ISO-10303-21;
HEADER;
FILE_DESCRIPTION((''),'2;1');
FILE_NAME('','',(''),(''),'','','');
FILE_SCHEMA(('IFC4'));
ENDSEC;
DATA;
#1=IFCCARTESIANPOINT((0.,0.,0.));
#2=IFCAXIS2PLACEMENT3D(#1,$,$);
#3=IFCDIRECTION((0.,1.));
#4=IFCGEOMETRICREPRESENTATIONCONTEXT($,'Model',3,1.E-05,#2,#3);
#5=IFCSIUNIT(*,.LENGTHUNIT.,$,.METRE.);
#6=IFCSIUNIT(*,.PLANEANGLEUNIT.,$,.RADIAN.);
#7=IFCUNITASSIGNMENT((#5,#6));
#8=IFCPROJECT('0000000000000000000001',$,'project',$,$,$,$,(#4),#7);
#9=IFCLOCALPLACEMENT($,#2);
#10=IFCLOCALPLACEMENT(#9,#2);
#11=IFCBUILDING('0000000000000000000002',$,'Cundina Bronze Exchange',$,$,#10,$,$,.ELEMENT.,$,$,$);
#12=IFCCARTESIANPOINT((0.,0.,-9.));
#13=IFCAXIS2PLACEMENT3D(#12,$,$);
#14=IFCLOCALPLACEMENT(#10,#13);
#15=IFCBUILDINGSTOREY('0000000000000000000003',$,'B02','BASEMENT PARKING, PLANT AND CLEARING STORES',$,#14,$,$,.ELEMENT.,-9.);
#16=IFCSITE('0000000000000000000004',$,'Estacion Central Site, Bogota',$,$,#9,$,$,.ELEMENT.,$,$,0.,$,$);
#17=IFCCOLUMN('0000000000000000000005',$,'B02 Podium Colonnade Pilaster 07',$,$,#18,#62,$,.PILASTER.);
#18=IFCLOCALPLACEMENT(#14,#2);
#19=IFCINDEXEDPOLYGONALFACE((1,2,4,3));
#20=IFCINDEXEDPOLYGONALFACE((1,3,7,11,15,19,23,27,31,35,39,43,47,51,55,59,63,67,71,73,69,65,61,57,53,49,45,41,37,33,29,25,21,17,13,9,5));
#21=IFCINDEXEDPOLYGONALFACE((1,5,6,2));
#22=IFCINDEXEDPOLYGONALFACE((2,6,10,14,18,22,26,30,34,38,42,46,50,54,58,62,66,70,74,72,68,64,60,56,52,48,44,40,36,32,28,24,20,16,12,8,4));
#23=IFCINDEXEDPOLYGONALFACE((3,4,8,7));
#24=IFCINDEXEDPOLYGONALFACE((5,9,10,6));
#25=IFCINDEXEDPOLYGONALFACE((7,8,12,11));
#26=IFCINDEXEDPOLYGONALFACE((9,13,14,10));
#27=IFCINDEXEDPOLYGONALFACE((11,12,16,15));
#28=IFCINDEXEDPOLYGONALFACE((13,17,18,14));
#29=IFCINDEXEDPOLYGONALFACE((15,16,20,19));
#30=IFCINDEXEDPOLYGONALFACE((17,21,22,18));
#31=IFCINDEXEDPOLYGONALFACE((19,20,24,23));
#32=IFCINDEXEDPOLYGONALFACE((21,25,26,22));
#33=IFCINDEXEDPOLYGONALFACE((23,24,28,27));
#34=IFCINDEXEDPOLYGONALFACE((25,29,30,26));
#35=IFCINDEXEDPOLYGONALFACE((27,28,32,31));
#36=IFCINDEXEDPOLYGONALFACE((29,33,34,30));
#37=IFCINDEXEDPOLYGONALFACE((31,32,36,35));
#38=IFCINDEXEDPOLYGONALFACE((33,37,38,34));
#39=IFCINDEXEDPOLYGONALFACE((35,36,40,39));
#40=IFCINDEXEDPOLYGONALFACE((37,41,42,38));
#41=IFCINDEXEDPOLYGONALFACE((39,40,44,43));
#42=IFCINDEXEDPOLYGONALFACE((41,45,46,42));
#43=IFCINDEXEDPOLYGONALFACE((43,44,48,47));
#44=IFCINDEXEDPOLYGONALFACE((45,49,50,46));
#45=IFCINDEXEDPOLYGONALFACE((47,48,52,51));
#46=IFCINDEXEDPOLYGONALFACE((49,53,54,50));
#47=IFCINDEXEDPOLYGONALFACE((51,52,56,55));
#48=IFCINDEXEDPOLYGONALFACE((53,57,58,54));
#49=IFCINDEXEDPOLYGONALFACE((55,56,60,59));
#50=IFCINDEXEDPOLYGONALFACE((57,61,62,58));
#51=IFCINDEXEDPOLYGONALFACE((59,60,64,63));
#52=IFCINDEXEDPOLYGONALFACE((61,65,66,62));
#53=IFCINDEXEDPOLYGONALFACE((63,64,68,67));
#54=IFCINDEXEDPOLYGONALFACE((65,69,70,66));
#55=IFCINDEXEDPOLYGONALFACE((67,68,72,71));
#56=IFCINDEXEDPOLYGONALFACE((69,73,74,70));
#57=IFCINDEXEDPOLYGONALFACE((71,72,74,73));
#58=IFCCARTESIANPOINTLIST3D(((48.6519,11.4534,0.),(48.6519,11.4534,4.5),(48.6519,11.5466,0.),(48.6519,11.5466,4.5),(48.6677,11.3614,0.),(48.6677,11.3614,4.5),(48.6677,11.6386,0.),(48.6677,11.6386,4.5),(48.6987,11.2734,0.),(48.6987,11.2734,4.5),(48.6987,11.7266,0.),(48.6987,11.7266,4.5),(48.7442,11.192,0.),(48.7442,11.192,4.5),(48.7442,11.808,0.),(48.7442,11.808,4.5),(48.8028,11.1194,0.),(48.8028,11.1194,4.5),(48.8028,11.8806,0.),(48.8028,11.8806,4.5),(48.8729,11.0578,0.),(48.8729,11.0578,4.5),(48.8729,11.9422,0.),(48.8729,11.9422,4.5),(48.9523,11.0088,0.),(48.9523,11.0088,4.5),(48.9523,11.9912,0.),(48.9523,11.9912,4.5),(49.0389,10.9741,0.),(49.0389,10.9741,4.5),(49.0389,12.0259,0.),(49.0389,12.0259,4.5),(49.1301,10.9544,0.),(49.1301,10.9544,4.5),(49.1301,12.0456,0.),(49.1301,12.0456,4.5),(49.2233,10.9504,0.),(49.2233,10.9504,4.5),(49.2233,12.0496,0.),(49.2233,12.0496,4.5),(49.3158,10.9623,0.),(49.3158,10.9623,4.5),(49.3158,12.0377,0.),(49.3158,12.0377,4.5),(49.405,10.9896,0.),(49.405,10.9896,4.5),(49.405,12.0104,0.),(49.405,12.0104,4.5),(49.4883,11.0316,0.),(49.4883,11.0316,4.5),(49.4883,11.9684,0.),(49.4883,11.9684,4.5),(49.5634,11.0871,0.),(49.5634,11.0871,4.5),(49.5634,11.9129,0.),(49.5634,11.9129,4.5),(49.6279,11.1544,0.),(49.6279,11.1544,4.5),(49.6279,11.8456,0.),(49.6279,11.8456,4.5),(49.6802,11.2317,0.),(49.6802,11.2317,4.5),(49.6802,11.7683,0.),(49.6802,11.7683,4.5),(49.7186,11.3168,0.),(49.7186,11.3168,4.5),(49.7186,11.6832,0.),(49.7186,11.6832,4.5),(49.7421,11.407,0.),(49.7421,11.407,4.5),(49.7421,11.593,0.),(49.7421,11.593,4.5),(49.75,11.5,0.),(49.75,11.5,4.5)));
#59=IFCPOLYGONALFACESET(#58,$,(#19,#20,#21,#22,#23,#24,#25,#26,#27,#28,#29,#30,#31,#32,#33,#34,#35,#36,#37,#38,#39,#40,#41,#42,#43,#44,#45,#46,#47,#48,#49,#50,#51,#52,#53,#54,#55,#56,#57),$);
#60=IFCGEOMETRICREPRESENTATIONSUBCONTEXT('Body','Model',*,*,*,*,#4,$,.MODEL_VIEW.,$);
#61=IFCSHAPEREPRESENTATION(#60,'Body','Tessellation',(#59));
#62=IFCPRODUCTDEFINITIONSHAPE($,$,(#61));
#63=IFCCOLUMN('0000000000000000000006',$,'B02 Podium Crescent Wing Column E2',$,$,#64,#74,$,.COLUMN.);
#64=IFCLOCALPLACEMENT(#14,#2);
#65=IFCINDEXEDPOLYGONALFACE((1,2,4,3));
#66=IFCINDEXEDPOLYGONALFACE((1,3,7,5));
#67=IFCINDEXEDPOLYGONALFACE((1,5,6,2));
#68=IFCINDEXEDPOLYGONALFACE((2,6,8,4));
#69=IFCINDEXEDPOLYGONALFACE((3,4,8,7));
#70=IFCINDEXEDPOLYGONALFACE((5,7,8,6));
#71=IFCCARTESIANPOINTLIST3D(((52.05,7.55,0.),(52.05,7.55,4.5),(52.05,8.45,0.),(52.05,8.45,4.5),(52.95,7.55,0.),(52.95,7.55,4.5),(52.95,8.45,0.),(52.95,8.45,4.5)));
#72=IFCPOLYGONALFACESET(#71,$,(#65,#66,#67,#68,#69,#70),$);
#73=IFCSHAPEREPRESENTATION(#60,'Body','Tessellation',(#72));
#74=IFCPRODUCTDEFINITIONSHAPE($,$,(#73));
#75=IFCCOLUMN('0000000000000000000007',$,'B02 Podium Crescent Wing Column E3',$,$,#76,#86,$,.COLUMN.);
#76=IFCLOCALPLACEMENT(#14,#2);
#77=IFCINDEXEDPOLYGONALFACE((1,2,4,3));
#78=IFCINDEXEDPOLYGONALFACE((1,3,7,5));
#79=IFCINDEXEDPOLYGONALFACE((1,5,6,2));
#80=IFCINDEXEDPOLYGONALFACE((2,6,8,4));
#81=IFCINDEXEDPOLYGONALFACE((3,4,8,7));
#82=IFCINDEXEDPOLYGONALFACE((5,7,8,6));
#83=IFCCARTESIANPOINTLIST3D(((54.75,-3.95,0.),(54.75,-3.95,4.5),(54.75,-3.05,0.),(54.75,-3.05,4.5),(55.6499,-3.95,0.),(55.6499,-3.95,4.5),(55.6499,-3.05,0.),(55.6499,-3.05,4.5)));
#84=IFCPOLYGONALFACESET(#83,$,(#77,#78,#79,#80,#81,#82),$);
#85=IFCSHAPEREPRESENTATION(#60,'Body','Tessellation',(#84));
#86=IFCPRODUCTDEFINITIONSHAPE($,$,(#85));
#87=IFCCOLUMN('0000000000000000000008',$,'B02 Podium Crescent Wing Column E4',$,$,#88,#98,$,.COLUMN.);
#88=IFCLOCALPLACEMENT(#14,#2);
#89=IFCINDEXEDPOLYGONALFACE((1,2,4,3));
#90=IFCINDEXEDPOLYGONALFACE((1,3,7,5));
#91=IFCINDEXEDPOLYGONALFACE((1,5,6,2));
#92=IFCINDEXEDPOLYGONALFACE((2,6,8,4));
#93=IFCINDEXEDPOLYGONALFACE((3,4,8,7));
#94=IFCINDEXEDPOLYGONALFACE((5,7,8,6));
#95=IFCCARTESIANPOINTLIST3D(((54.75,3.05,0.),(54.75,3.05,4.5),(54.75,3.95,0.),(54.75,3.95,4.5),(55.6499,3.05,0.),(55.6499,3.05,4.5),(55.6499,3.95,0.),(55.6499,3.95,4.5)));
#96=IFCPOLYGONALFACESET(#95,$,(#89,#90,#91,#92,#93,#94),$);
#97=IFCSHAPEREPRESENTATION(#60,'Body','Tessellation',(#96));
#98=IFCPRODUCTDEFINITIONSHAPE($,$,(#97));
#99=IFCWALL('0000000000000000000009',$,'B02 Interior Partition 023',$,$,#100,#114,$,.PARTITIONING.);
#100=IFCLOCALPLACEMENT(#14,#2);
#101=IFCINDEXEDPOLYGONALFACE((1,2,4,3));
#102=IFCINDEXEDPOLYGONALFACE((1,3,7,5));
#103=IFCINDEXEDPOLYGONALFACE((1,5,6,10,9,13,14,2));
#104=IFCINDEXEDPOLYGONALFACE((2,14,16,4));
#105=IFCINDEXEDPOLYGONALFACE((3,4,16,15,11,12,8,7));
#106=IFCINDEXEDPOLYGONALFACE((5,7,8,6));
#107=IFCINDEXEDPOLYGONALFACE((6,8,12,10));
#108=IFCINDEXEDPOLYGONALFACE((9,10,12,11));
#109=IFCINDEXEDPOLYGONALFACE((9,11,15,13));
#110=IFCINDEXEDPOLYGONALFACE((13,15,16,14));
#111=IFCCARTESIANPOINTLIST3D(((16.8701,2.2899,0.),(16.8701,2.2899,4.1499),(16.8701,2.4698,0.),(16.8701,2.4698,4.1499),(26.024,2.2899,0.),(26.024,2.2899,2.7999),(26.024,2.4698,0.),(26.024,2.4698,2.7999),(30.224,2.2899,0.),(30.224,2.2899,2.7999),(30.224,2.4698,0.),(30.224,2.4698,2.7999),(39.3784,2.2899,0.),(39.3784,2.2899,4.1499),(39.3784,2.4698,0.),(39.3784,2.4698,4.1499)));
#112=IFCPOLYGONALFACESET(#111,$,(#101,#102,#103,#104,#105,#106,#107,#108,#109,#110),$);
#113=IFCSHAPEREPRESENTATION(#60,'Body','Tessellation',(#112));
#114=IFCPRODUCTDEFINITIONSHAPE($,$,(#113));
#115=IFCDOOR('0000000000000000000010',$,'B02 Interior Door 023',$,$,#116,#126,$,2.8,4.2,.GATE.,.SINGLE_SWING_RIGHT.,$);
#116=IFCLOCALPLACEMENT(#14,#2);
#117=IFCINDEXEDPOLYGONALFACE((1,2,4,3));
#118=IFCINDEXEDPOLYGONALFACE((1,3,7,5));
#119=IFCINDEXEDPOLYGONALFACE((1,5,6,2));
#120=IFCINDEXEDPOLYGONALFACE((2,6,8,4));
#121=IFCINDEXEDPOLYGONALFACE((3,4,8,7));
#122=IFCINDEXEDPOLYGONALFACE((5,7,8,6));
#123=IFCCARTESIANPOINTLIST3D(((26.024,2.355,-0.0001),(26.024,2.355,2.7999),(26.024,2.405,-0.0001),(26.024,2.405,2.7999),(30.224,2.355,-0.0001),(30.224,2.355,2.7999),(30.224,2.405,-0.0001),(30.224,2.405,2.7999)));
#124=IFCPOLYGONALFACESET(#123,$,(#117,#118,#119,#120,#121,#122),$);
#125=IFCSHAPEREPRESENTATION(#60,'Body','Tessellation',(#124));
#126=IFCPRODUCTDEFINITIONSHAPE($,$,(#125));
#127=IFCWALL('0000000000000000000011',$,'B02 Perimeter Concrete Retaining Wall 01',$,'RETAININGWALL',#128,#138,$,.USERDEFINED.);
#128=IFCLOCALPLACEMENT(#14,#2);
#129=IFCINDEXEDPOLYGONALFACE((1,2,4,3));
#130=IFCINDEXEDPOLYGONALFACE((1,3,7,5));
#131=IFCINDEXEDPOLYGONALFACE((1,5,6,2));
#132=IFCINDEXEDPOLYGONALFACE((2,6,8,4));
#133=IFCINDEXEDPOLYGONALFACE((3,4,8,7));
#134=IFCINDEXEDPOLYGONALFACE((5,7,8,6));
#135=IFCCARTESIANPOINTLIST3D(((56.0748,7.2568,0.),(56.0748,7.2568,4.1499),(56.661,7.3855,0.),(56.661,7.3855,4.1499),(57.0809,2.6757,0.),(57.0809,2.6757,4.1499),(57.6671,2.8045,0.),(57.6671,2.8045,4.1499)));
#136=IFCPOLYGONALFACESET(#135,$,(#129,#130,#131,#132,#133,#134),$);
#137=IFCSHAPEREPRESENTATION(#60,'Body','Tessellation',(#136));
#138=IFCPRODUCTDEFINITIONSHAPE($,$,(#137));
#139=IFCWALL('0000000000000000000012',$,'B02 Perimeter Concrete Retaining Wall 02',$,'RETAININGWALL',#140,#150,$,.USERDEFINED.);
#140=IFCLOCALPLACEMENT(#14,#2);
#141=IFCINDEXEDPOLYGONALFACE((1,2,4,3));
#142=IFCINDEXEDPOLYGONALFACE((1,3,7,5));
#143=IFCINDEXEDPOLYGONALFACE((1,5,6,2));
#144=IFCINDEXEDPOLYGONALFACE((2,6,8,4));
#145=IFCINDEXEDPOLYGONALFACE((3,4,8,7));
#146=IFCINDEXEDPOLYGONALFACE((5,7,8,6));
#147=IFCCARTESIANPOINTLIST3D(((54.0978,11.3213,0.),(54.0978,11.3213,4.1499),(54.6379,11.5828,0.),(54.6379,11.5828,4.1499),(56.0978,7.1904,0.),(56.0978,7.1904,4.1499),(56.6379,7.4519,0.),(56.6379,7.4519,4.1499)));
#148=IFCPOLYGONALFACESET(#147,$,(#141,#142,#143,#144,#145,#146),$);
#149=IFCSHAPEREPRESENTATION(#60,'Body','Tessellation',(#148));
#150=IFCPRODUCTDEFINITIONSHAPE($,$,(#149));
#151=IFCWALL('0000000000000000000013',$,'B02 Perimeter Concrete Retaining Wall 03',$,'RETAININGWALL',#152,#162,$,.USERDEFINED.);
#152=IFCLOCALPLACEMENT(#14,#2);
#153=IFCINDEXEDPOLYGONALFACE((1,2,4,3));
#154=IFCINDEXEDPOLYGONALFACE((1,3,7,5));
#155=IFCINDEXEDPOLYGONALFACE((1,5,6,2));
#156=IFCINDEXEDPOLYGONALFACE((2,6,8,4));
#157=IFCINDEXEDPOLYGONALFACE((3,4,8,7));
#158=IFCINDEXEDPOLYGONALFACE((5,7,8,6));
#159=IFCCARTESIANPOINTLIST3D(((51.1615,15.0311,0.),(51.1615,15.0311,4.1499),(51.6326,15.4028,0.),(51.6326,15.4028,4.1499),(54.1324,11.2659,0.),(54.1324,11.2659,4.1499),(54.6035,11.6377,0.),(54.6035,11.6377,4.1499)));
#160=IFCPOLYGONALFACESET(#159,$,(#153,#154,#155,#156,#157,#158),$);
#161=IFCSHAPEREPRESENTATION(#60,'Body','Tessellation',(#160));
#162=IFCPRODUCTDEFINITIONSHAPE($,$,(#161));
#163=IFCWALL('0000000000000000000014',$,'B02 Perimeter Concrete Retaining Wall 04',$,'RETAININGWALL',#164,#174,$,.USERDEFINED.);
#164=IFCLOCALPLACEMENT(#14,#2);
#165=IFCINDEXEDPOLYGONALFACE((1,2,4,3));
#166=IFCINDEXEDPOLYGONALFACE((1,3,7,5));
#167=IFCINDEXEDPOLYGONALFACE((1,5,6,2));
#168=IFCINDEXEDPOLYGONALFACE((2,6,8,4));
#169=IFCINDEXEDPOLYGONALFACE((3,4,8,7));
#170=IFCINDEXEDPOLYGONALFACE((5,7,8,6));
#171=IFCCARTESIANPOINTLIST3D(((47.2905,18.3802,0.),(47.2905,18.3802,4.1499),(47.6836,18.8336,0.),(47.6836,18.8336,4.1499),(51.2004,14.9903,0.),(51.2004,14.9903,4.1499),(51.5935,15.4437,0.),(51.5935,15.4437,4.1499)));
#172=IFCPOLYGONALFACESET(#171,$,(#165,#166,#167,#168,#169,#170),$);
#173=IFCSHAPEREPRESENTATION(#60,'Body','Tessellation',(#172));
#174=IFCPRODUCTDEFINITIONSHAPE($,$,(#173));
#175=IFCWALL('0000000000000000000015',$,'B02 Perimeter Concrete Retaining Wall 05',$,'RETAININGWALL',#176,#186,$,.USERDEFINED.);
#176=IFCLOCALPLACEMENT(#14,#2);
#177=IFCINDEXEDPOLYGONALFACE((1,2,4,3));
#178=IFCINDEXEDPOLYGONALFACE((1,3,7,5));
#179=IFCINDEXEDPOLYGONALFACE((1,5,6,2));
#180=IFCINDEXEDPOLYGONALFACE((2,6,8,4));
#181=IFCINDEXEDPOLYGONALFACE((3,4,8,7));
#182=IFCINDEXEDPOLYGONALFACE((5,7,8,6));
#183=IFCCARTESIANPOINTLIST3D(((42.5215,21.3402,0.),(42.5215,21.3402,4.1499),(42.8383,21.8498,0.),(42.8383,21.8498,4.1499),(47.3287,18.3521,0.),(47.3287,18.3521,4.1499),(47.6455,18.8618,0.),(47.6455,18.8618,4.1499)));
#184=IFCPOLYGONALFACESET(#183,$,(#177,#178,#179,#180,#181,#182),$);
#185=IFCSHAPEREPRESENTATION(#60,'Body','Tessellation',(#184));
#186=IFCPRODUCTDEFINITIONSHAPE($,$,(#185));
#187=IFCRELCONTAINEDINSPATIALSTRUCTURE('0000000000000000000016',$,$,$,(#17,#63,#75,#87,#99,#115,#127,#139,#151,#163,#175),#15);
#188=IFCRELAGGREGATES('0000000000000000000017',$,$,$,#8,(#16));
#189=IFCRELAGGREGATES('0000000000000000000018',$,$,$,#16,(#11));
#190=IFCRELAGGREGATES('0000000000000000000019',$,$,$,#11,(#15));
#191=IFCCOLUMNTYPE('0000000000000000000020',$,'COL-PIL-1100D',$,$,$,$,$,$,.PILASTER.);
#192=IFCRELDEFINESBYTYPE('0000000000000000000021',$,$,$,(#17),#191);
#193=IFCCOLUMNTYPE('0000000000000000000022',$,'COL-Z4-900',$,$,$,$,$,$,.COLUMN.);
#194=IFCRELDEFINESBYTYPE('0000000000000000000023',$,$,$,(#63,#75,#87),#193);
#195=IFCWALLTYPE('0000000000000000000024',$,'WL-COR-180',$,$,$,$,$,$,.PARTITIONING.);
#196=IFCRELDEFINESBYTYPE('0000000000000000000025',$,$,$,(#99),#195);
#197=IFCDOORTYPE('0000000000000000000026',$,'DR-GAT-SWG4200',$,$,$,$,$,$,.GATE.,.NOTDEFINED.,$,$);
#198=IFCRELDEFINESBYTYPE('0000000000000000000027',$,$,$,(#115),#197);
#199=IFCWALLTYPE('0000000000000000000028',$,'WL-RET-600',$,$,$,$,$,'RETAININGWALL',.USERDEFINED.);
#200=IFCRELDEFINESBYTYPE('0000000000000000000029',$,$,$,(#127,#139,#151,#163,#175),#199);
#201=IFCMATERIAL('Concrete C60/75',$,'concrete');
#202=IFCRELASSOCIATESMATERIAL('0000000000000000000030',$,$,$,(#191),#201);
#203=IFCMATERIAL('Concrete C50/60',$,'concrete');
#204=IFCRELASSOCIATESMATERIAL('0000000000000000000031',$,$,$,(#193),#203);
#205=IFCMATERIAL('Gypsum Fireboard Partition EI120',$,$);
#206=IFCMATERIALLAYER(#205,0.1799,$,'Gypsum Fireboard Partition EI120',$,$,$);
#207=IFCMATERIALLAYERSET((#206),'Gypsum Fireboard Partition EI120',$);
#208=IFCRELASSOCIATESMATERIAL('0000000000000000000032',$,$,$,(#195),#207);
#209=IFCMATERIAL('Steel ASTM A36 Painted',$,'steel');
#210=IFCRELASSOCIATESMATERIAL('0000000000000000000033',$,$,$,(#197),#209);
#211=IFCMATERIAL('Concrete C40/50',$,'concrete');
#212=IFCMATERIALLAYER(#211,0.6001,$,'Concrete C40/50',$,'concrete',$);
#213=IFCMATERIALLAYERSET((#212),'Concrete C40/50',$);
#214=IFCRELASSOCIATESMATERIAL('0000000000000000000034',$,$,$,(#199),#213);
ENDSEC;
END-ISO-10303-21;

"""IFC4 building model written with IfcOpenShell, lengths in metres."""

from ifc_helpers import new_model, si_unit, direction, frame, frame_2d, origin, origin_2d, place, context, subcontext, project, spatial, rectangle, circle, extrude, material, layer, layer_set, material_profile, profile_set, type_object, element, fill, save


model = new_model("IFC4")

# Units and contexts
model_context = context("Model", 3, precision=1e-05, world=origin(), true_north=direction((0.0, 1.0)))
body_context = subcontext(model_context, "Body", "Model", "MODEL_VIEW")
ifc_project = project(units=[si_unit("LENGTHUNIT", "METRE"), si_unit("PLANEANGLEUNIT", "RADIAN")], contexts=[model_context])

# Site, building, storey
site_placement = place(None, origin())
site = spatial("IfcSite", under=ifc_project, at=site_placement, Name="Estacion Central Site, Bogota", CompositionType="ELEMENT", RefElevation=0.0)
building_placement = place(site_placement, origin())
building = spatial("IfcBuilding", under=site, at=building_placement, Name="Cundina Bronze Exchange", CompositionType="ELEMENT")
storey_placement = place(building_placement, frame((0.0, 0.0, -9.0)))
storey = spatial("IfcBuildingStorey", under=building, at=storey_placement, Name="B02", Description="BASEMENT PARKING, PLANT AND CLEARING STORES", CompositionType="ELEMENT", Elevation=-9.0)

# Shared definitions
ifc_material_1 = material(Name="Concrete C40/50", Category="concrete")

# Columns
ifc_material_2 = material(Name="Concrete C60/75", Category="concrete")
ifc_material_profile_1 = material_profile(ifc_material_2, circle(Radius=0.55, at=origin_2d()), Name="RC1100D", Category="concrete")
ifc_profile_set_1 = profile_set([ifc_material_profile_1], Name="Concrete C60/75")
column_type_1 = type_object("IfcColumnType", Name="COL-PIL-1100D", PredefinedType="PILASTER", material=ifc_profile_set_1)
column_placement = place(storey_placement, frame((49.2, 11.5, 0.0), z_axis=(0.0, 0.0, 1.0), x_axis=(1.0, 0.0, 0.0)))
element("IfcColumn", 1, at=column_placement, inside=storey, type_object=column_type_1, Name="B02 Podium Colonnade Pilaster 07", PredefinedType="PILASTER", context=body_context, shape_type="SweptSolid", body=[
    extrude(circle(Radius=0.55, at=origin_2d()), origin(), (0.0, 0.0, 1.0), 4.5),
])
ifc_material_3 = material(Name="Concrete C50/60", Category="concrete")
ifc_material_profile_2 = material_profile(ifc_material_3, rectangle(XDim=0.8999, YDim=0.8999, at=origin_2d()), Name="RC900X900", Category="concrete")
ifc_profile_set_2 = profile_set([ifc_material_profile_2], Name="Concrete C50/60")
column_type_2 = type_object("IfcColumnType", Name="COL-Z4-900", PredefinedType="COLUMN", material=ifc_profile_set_2)
for number, where, z_axis, x_axis, name in (
    (2, (52.5, 8.0, 0.0), (0.0, 0.0, 1.0), (1.0, 0.0, 0.0), "B02 Podium Crescent Wing Column E2"),
    (3, (55.2, -3.5, 0.0), (0.0, 0.0, 1.0), (1.0, 0.0, 0.0), "B02 Podium Crescent Wing Column E3"),
    (4, (55.2, 3.5, 0.0), (0.0, 0.0, 1.0), (1.0, 0.0, 0.0), "B02 Podium Crescent Wing Column E4"),
):
    element("IfcColumn", number, at=place(storey_placement, frame(where, z_axis=z_axis, x_axis=x_axis)), inside=storey, type_object=column_type_2, Name=name, PredefinedType="COLUMN", context=body_context, shape_type="SweptSolid", body=[
        extrude(rectangle(XDim=0.8999, YDim=0.8999, at=origin_2d()), origin(), (0.0, 0.0, 1.0), 4.5),
    ])

# Wall, opening, door
ifc_material_4 = material(Name="Gypsum Fireboard Partition EI120")
ifc_layer_1 = layer(ifc_material_4, 0.1799, Name="Gypsum Fireboard Partition EI120")
ifc_layer_set_1 = layer_set([ifc_layer_1], Name="Gypsum Fireboard Partition EI120")
wall_type_1 = type_object("IfcWallType", Name="WL-COR-180", PredefinedType="PARTITIONING", material=ifc_layer_set_1)
wall_1_placement = place(storey_placement, frame((39.3784, 2.3799, 0.0), z_axis=(0.0, 0.0, 1.0), x_axis=(-1.0, 0.0, 0.0)))
wall_1 = element("IfcWall", 5, at=wall_1_placement, inside=storey, type_object=wall_type_1, Name="B02 Interior Partition 023", PredefinedType="PARTITIONING", context=body_context, shape_type="SweptSolid", body=[
    extrude(rectangle(XDim=22.5083, YDim=0.1799, at=frame_2d((11.2542, 0.0))), origin(), (0.0, 0.0, 1.0), 4.1499),
])
opening_placement = place(wall_1_placement, frame((9.1543, 0.0, 0.0)))
opening = element("IfcOpeningElement", 6, at=opening_placement, cuts=wall_1, PredefinedType="OPENING", context=body_context, shape_type="SweptSolid", body=[
    extrude(rectangle(XDim=4.2, YDim=2.8, at=frame_2d((2.1001, 1.3999))), frame((0.0, 0.0999, 0.0), z_axis=(0.0, -1.0, 0.0), x_axis=(1.0, 0.0, 0.0)), (0.0, 0.0, 1.0), 0.2),
])
ifc_material_5 = material(Name="Steel ASTM A36 Painted", Category="steel")
door_type = type_object("IfcDoorType", Name="DR-GAT-SWG4200", OperationType="NOTDEFINED", PredefinedType="GATE", material=ifc_material_5)
door_placement = place(opening_placement, origin())
door = element("IfcDoor", 7, at=door_placement, inside=storey, type_object=door_type, Name="B02 Interior Door 023", OperationType="SINGLE_SWING_RIGHT", OverallHeight=2.8, OverallWidth=4.2, PredefinedType="GATE", context=body_context, shape_type="SweptSolid", body=[
    extrude(rectangle(XDim=4.2, YDim=2.8, at=frame_2d((2.1001, 1.3999))), frame((0.0, 0.0249, 0.0), z_axis=(0.0, -1.0, 0.0), x_axis=(1.0, 0.0, 0.0)), (0.0, 0.0, 1.0), 0.05),
])
fill(opening, door)

# Walls
ifc_layer_2 = layer(ifc_material_1, 0.6001, Name="Concrete C40/50", Category="concrete")
ifc_layer_set_2 = layer_set([ifc_layer_2], Name="Concrete C40/50")
wall_type_2 = type_object("IfcWallType", Name="WL-RET-600", ElementType="RETAININGWALL", PredefinedType="USERDEFINED", material=ifc_layer_set_2)
wall_2_placement = place(storey_placement, frame((57.374, 2.74, 0.0), z_axis=(0.0, 0.0, 1.0), x_axis=(-0.21451, 0.976722, 0.0)))
element("IfcWall", 8, at=wall_2_placement, inside=storey, type_object=wall_type_2, Name="B02 Perimeter Concrete Retaining Wall 01", ObjectType="RETAININGWALL", PredefinedType="USERDEFINED", context=body_context, shape_type="SweptSolid", body=[
    extrude(rectangle(XDim=4.6902, YDim=0.6001, at=frame_2d((2.3452, 0.0))), origin(), (0.0, 0.0, 1.0), 4.1499),
])
wall_3_placement = place(storey_placement, frame((56.3679, 7.321, 0.0), z_axis=(0.0, 0.0, 1.0), x_axis=(-0.435772, 0.900057, 0.0)))
element("IfcWall", 9, at=wall_3_placement, inside=storey, type_object=wall_type_2, Name="B02 Perimeter Concrete Retaining Wall 02", ObjectType="RETAININGWALL", PredefinedType="USERDEFINED", context=body_context, shape_type="SweptSolid", body=[
    extrude(rectangle(XDim=4.5896, YDim=0.6001, at=frame_2d((2.2949, 0.0))), origin(), (0.0, 0.0, 1.0), 4.1499),
])
wall_4_placement = place(storey_placement, frame((54.3679, 11.4519, 0.0), z_axis=(0.0, 0.0, 1.0), x_axis=(-0.619448, 0.785038, 0.0)))
element("IfcWall", 10, at=wall_4_placement, inside=storey, type_object=wall_type_2, Name="B02 Perimeter Concrete Retaining Wall 03", ObjectType="RETAININGWALL", PredefinedType="USERDEFINED", context=body_context, shape_type="SweptSolid", body=[
    extrude(rectangle(XDim=4.7961, YDim=0.6001, at=frame_2d((2.3979, 0.0))), origin(), (0.0, 0.0, 1.0), 4.1499),
])
wall_5_placement = place(storey_placement, frame((51.397, 15.217, 0.0), z_axis=(0.0, 0.0, 1.0), x_axis=(-0.755565, 0.655074, 0.0)))
element("IfcWall", 11, at=wall_5_placement, inside=storey, type_object=wall_type_2, Name="B02 Perimeter Concrete Retaining Wall 04", ObjectType="RETAININGWALL", PredefinedType="USERDEFINED", context=body_context, shape_type="SweptSolid", body=[
    extrude(rectangle(XDim=5.1748, YDim=0.6001, at=frame_2d((2.5874, 0.0))), origin(), (0.0, 0.0, 1.0), 4.1499),
])
wall_6_placement = place(storey_placement, frame((47.4871, 18.6069, 0.0), z_axis=(0.0, 0.0, 1.0), x_axis=(-0.849299, 0.527911, 0.0)))
element("IfcWall", 12, at=wall_6_placement, inside=storey, type_object=wall_type_2, Name="B02 Perimeter Concrete Retaining Wall 05", ObjectType="RETAININGWALL", PredefinedType="USERDEFINED", context=body_context, shape_type="SweptSolid", body=[
    extrude(rectangle(XDim=5.6602, YDim=0.6001, at=frame_2d((2.8301, 0.0))), origin(), (0.0, 0.0, 1.0), 4.1499),
])

save(model, "model.ifc")
